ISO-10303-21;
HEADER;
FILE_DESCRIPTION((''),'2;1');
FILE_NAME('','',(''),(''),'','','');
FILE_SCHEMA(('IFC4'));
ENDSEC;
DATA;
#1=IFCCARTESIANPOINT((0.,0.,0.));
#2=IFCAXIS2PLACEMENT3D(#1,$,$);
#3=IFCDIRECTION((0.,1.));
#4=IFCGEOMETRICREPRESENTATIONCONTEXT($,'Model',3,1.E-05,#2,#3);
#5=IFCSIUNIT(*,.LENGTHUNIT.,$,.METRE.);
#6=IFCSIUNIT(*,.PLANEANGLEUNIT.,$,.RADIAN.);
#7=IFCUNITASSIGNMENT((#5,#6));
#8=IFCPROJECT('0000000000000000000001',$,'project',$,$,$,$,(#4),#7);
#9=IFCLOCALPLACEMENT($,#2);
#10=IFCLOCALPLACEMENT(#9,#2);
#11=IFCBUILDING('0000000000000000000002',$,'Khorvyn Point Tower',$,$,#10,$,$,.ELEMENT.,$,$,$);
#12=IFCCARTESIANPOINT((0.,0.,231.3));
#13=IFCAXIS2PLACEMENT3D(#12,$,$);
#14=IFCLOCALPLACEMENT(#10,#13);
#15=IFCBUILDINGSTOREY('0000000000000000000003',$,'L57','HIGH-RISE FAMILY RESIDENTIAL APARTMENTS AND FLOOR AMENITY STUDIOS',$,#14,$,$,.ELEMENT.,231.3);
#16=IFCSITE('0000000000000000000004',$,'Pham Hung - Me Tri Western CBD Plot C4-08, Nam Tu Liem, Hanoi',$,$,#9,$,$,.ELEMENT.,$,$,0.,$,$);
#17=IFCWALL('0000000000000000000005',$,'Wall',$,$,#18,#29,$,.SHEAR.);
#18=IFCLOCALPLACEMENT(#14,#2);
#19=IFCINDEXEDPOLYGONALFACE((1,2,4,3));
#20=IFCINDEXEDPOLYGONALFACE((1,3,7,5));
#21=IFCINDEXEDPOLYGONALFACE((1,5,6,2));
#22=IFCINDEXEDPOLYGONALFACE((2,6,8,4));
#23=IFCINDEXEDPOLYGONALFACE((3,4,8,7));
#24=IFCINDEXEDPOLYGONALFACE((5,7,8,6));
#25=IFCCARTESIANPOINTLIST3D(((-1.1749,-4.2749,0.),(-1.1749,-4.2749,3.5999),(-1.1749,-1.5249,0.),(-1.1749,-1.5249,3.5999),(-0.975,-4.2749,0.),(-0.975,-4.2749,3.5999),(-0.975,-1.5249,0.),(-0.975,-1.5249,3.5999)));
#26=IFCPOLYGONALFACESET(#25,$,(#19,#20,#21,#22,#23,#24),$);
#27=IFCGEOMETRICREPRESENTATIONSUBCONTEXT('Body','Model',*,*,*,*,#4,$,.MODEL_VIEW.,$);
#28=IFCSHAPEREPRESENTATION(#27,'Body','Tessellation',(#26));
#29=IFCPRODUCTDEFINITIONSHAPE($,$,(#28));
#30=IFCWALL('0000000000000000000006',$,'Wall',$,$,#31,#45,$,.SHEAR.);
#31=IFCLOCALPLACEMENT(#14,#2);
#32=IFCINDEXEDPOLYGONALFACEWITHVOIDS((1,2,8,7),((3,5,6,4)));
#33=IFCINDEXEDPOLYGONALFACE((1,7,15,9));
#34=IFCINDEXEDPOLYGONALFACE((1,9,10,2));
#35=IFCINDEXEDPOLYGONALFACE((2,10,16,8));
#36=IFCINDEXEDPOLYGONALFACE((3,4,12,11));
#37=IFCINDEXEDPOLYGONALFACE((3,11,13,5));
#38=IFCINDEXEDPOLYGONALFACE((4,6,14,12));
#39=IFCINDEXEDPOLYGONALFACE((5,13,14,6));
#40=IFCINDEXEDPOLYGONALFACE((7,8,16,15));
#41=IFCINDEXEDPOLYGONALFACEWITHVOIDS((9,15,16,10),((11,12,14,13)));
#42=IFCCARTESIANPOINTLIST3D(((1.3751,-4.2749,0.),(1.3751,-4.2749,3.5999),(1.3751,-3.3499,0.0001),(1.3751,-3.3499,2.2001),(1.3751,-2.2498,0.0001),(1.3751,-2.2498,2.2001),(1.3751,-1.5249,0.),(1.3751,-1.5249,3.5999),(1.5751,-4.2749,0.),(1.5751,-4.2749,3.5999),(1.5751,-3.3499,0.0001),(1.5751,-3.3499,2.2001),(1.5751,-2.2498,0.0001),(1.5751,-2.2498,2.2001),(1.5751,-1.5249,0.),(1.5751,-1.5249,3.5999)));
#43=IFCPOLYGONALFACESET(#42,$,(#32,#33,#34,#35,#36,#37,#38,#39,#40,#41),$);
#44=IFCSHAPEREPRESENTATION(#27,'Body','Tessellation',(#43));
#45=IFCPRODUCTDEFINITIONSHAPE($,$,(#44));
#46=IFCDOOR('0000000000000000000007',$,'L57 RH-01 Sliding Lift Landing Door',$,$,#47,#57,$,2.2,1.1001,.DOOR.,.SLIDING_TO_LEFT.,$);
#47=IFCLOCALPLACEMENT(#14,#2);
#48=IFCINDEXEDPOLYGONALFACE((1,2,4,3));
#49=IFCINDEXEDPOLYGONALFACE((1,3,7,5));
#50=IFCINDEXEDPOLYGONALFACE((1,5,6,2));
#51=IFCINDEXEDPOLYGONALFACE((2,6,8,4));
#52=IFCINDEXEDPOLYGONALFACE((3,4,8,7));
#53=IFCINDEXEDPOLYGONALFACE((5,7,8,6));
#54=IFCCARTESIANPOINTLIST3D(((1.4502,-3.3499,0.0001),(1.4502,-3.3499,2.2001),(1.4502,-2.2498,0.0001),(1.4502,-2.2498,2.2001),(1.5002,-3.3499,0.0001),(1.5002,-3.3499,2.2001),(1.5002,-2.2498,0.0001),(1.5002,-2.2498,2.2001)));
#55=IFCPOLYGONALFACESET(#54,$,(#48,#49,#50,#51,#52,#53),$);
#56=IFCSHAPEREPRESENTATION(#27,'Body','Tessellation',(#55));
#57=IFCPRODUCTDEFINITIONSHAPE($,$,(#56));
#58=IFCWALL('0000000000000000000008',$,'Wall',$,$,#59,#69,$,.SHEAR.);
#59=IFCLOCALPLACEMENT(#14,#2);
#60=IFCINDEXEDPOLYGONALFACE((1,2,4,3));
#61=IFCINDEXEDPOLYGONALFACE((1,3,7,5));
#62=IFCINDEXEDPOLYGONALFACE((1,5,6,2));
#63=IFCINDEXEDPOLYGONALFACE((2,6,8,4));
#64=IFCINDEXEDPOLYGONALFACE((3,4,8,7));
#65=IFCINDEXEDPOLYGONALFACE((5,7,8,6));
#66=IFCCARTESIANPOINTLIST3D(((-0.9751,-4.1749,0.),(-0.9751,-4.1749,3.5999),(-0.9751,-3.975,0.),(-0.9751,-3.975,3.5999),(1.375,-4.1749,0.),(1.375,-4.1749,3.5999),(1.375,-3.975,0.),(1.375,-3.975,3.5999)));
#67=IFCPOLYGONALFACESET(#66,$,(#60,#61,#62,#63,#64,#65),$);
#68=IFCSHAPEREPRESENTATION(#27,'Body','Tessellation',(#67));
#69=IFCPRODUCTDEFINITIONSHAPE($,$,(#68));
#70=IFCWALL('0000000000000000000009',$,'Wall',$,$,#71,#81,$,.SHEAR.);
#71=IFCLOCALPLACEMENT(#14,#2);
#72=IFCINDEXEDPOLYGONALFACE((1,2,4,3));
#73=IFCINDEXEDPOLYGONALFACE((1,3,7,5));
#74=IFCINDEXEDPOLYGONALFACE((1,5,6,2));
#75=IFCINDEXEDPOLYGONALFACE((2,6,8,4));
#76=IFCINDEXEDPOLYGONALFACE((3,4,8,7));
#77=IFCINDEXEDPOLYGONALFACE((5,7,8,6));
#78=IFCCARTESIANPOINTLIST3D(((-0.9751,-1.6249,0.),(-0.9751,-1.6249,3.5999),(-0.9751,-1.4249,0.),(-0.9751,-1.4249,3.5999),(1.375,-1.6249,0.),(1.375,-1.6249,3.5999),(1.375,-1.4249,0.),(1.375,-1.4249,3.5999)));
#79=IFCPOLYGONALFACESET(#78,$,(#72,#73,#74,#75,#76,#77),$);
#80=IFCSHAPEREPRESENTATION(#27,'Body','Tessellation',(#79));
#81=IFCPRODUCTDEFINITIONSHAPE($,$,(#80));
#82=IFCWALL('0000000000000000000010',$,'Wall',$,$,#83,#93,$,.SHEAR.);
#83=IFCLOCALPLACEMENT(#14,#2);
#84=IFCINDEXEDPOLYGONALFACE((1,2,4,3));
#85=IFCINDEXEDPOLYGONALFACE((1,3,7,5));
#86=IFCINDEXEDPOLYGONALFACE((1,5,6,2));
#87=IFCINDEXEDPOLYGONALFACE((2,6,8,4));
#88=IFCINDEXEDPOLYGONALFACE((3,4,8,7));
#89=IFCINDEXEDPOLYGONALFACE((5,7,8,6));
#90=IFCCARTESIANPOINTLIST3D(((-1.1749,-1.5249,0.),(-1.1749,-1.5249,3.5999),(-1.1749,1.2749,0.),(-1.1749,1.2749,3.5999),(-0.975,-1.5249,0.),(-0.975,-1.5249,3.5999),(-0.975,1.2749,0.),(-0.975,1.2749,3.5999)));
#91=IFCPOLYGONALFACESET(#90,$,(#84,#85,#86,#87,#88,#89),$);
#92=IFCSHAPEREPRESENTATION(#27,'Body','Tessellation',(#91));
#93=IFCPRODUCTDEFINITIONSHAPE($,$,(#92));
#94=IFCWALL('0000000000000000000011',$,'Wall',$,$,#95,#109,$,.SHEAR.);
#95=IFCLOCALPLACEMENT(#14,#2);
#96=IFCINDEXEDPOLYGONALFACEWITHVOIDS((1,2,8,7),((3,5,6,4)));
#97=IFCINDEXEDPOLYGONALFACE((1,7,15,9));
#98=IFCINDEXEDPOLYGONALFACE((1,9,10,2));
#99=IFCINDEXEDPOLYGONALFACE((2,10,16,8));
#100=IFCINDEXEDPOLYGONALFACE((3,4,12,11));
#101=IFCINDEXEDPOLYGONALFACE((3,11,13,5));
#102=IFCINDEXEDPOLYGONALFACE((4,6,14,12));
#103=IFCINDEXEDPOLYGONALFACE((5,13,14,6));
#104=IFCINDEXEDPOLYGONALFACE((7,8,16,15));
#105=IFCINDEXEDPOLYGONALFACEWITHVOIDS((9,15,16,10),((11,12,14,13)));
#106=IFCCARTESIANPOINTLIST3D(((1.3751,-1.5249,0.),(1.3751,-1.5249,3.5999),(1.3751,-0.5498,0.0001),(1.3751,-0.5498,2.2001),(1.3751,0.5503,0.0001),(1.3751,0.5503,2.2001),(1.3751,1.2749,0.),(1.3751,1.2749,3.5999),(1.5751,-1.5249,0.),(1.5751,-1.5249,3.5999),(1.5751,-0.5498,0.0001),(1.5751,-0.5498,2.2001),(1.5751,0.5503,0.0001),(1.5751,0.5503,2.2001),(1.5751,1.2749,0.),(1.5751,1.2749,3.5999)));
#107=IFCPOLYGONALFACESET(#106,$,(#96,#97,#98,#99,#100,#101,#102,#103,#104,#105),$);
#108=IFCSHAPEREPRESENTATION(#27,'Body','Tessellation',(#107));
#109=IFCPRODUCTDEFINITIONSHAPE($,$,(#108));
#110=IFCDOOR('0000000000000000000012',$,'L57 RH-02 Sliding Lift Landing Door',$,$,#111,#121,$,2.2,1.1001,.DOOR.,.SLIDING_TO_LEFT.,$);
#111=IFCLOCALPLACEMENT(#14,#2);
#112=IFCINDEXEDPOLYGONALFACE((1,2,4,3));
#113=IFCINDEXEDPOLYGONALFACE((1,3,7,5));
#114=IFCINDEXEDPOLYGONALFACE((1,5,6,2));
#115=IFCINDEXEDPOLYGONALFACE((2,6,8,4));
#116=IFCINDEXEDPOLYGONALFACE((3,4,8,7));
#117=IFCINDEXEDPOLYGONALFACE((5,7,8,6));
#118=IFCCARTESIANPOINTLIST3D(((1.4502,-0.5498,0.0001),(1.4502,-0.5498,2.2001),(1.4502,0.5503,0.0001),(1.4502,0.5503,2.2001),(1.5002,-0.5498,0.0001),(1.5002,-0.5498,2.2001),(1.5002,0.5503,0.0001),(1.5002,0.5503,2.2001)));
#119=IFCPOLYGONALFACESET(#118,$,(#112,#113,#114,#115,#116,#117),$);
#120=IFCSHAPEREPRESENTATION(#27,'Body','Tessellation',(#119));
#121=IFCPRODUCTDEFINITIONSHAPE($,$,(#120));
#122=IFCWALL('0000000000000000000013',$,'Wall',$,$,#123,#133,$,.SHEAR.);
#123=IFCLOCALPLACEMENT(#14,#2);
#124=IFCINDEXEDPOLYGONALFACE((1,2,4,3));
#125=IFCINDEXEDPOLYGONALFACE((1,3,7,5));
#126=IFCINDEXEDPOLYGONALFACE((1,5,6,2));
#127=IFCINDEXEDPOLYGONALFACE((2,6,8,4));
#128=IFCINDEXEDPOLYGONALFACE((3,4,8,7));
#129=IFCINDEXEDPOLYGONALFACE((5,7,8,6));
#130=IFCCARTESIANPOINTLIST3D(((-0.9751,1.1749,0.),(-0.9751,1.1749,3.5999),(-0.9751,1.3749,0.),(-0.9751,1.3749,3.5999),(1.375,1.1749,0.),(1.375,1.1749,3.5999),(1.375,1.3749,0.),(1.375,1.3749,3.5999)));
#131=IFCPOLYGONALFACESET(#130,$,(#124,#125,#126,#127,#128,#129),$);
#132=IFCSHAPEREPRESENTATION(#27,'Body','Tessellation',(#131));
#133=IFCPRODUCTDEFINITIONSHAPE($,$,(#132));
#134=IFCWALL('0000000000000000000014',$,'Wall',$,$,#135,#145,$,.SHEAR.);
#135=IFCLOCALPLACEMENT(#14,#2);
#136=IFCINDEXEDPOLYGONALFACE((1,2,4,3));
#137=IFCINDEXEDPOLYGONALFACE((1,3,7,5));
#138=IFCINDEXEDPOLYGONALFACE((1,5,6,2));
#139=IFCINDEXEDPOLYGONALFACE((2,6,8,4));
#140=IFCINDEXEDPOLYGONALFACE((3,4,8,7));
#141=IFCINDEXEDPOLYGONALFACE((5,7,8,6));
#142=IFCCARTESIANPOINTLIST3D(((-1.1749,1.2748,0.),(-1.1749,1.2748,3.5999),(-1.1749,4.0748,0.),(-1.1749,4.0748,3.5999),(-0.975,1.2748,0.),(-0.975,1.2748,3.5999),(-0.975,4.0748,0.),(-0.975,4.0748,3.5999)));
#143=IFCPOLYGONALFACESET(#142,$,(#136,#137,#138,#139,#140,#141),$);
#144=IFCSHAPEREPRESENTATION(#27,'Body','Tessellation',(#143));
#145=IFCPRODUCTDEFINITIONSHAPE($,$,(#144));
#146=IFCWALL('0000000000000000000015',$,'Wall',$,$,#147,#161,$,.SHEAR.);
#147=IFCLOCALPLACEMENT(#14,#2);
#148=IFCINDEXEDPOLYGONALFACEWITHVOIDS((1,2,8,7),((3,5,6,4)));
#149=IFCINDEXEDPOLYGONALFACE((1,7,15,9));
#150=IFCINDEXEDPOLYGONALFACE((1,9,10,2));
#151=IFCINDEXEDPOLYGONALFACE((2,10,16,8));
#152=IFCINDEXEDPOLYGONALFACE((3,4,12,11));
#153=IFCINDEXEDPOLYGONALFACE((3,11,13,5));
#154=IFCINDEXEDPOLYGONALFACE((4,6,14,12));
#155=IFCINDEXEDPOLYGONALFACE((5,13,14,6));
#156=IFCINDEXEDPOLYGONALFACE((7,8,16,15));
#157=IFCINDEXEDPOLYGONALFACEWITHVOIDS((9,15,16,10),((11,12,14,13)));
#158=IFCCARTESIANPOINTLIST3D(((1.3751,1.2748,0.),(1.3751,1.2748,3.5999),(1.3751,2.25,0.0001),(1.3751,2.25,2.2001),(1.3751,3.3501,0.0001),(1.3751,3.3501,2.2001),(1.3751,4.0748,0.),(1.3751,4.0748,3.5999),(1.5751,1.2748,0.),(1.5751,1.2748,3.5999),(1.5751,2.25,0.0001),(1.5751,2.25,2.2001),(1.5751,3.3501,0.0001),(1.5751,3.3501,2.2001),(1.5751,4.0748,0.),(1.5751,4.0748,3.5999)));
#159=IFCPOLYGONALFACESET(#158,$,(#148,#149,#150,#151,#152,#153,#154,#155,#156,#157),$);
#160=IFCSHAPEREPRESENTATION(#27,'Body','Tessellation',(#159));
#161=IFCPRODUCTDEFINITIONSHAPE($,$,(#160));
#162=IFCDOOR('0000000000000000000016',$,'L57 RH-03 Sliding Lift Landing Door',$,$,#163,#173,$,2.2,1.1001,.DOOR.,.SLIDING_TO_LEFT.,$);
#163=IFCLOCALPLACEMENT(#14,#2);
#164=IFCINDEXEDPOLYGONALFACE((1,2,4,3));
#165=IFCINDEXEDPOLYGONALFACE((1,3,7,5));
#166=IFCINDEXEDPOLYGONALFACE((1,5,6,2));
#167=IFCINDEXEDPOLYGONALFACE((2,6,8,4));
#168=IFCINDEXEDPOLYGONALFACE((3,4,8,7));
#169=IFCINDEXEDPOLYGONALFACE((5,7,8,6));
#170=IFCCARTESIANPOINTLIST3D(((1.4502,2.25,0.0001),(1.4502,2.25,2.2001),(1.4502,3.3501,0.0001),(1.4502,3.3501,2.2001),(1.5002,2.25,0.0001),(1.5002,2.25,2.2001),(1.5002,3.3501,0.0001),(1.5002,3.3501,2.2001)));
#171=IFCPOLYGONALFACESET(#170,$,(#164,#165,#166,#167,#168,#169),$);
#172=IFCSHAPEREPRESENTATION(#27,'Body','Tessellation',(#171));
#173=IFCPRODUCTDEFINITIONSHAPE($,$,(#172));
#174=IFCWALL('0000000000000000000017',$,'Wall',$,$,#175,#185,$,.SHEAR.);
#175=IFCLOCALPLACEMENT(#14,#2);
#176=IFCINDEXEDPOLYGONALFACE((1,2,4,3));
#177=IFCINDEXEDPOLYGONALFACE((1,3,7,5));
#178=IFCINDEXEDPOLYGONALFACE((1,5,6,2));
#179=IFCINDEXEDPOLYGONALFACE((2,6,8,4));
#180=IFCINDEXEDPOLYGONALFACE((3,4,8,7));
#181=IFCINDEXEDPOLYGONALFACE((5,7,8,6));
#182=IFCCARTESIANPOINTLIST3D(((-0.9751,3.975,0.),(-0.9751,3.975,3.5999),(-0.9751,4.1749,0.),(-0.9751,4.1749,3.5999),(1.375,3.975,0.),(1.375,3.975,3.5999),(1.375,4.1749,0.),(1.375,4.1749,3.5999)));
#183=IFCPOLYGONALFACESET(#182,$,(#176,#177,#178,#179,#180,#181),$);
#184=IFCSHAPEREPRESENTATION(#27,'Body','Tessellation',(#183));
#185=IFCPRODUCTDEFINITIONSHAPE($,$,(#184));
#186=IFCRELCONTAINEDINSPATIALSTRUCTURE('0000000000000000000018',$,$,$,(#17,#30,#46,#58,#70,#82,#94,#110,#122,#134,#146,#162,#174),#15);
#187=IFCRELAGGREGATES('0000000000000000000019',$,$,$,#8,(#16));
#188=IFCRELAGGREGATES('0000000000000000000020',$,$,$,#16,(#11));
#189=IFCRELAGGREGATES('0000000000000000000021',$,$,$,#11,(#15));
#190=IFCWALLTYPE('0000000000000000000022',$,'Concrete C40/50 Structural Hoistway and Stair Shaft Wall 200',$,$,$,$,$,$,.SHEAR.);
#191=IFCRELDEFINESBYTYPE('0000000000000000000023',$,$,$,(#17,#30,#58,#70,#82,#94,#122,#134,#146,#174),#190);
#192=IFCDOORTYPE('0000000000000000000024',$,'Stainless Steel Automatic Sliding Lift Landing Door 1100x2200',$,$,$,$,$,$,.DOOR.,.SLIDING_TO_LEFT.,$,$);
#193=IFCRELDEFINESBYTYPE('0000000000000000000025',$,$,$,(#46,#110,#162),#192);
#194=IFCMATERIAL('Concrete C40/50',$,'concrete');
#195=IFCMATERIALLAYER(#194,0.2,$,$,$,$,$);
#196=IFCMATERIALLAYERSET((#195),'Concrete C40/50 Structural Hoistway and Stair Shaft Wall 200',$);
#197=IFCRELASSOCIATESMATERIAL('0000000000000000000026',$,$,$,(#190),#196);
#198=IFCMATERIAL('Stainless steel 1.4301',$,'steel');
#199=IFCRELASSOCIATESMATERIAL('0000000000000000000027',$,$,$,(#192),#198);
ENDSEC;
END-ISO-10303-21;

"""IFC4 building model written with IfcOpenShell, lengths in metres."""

from ifc_helpers import new_model, si_unit, direction, frame, frame_2d, origin, place, context, subcontext, project, spatial, rectangle, extrude, material, layer, layer_set, type_object, element, fill, save


model = new_model("IFC4")

# Units and contexts
model_context = context("Model", 3, precision=1e-05, world=origin(), true_north=direction((0.0, 1.0)))
body_context = subcontext(model_context, "Body", "Model", "MODEL_VIEW")
ifc_project = project(units=[si_unit("LENGTHUNIT", "METRE"), si_unit("PLANEANGLEUNIT", "RADIAN")], contexts=[model_context])

# Site, building, storey
site_placement = place(None, origin())
site = spatial("IfcSite", under=ifc_project, at=site_placement, Name="Pham Hung - Me Tri Western CBD Plot C4-08, Nam Tu Liem, Hanoi", CompositionType="ELEMENT", RefElevation=0.0)
building_placement = place(site_placement, origin())
building = spatial("IfcBuilding", under=site, at=building_placement, Name="Khorvyn Point Tower", CompositionType="ELEMENT")
storey_placement = place(building_placement, frame((0.0, 0.0, 231.3)))
storey = spatial("IfcBuildingStorey", under=building, at=storey_placement, Name="L57", Description="HIGH-RISE FAMILY RESIDENTIAL APARTMENTS AND FLOOR AMENITY STUDIOS", CompositionType="ELEMENT", Elevation=231.3)

# Shared definitions
ifc_material_1 = material(Name="Concrete C40/50", Category="concrete")

# Wall
ifc_layer_1 = layer(ifc_material_1, 0.2)
ifc_layer_set_1 = layer_set([ifc_layer_1], Name="Concrete C40/50 Structural Hoistway and Stair Shaft Wall 200")
wall_type_1 = type_object("IfcWallType", Name="Concrete C40/50 Structural Hoistway and Stair Shaft Wall 200", PredefinedType="SHEAR", material=ifc_layer_set_1)
wall_1_placement = place(storey_placement, frame((-1.075, -4.2749, 0.0), z_axis=(0.0, 0.0, 1.0), x_axis=(0.0, 1.0, 0.0)))
element("IfcWall", 1, at=wall_1_placement, inside=storey, type_object=wall_type_1, Name="Wall", PredefinedType="SHEAR", context=body_context, shape_type="SweptSolid", body=[
    extrude(rectangle(XDim=2.75, YDim=0.2, at=frame_2d((1.375, 0.0))), origin(), (0.0, 0.0, 1.0), 3.5999),
])

# Wall, opening, door
wall_2_placement = place(storey_placement, frame((1.4751, -4.2749, 0.0), z_axis=(0.0, 0.0, 1.0), x_axis=(0.0, 1.0, 0.0)))
wall_2 = element("IfcWall", 2, at=wall_2_placement, inside=storey, type_object=wall_type_1, Name="Wall", PredefinedType="SHEAR", context=body_context, shape_type="SweptSolid", body=[
    extrude(rectangle(XDim=2.75, YDim=0.2, at=frame_2d((1.375, 0.0))), origin(), (0.0, 0.0, 1.0), 3.5999),
])
opening_1_placement = place(wall_2_placement, frame((0.925, 0.0, 0.0)))
opening_1 = element("IfcOpeningElement", 3, at=opening_1_placement, cuts=wall_2, PredefinedType="OPENING", context=body_context, shape_type="SweptSolid", body=[
    extrude(rectangle(XDim=1.1001, YDim=2.2, at=frame_2d((0.55, 1.1001))), frame((0.0, 0.1099, 0.0), z_axis=(0.0, -1.0, 0.0), x_axis=(1.0, 0.0, 0.0)), (0.0, 0.0, 1.0), 0.22),
])
ifc_material_2 = material(Name="Stainless steel 1.4301", Category="steel")
door_type = type_object("IfcDoorType", Name="Stainless Steel Automatic Sliding Lift Landing Door 1100x2200", OperationType="SLIDING_TO_LEFT", PredefinedType="DOOR", material=ifc_material_2)
door_1_placement = place(opening_1_placement, origin())
door_1 = element("IfcDoor", 4, at=door_1_placement, inside=storey, type_object=door_type, Name="L57 RH-01 Sliding Lift Landing Door", OperationType="SLIDING_TO_LEFT", OverallHeight=2.2, OverallWidth=1.1001, PredefinedType="DOOR", context=body_context, shape_type="SweptSolid", body=[
    extrude(rectangle(XDim=1.1001, YDim=2.2, at=frame_2d((0.55, 1.1001))), frame((0.0, 0.0249, 0.0), z_axis=(0.0, -1.0, 0.0), x_axis=(1.0, 0.0, 0.0)), (0.0, 0.0, 1.0), 0.05),
])
fill(opening_1, door_1)

# Walls
for number, where, z_axis, x_axis, name in (
    (5, (-0.9751, -4.075, 0.0), (0.0, 0.0, 1.0), (1.0, 0.0, 0.0), "Wall"),
    (6, (-0.9751, -1.5249, 0.0), (0.0, 0.0, 1.0), (1.0, 0.0, 0.0), "Wall"),
):
    element("IfcWall", number, at=place(storey_placement, frame(where, z_axis=z_axis, x_axis=x_axis)), inside=storey, type_object=wall_type_1, Name=name, PredefinedType="SHEAR", context=body_context, shape_type="SweptSolid", body=[
        extrude(rectangle(XDim=2.3501, YDim=0.2, at=frame_2d((1.175, 0.0))), origin(), (0.0, 0.0, 1.0), 3.5999),
    ])
wall_3_placement = place(storey_placement, frame((-1.075, -1.5249, 0.0), z_axis=(0.0, 0.0, 1.0), x_axis=(0.0, 1.0, 0.0)))
element("IfcWall", 7, at=wall_3_placement, inside=storey, type_object=wall_type_1, Name="Wall", PredefinedType="SHEAR", context=body_context, shape_type="SweptSolid", body=[
    extrude(rectangle(XDim=2.7998, YDim=0.2, at=frame_2d((1.3999, 0.0))), origin(), (0.0, 0.0, 1.0), 3.5999),
])

# Wall, opening, door
wall_4_placement = place(storey_placement, frame((1.4751, -1.5249, 0.0), z_axis=(0.0, 0.0, 1.0), x_axis=(0.0, 1.0, 0.0)))
wall_4 = element("IfcWall", 8, at=wall_4_placement, inside=storey, type_object=wall_type_1, Name="Wall", PredefinedType="SHEAR", context=body_context, shape_type="SweptSolid", body=[
    extrude(rectangle(XDim=2.7998, YDim=0.2, at=frame_2d((1.3999, 0.0))), origin(), (0.0, 0.0, 1.0), 3.5999),
])
opening_2_placement = place(wall_4_placement, frame((0.9751, 0.0, 0.0)))
opening_2 = element("IfcOpeningElement", 9, at=opening_2_placement, cuts=wall_4, PredefinedType="OPENING", context=body_context, shape_type="SweptSolid", body=[
    extrude(rectangle(XDim=1.1001, YDim=2.2, at=frame_2d((0.55, 1.1001))), frame((0.0, 0.1099, 0.0), z_axis=(0.0, -1.0, 0.0), x_axis=(1.0, 0.0, 0.0)), (0.0, 0.0, 1.0), 0.22),
])
door_2_placement = place(opening_2_placement, origin())
door_2 = element("IfcDoor", 10, at=door_2_placement, inside=storey, type_object=door_type, Name="L57 RH-02 Sliding Lift Landing Door", OperationType="SLIDING_TO_LEFT", OverallHeight=2.2, OverallWidth=1.1001, PredefinedType="DOOR", context=body_context, shape_type="SweptSolid", body=[
    extrude(rectangle(XDim=1.1001, YDim=2.2, at=frame_2d((0.55, 1.1001))), frame((0.0, 0.0249, 0.0), z_axis=(0.0, -1.0, 0.0), x_axis=(1.0, 0.0, 0.0)), (0.0, 0.0, 1.0), 0.05),
])
fill(opening_2, door_2)

# Walls
wall_5_placement = place(storey_placement, frame((-0.9751, 1.2749, 0.0), z_axis=(0.0, 0.0, 1.0), x_axis=(1.0, 0.0, 0.0)))
element("IfcWall", 11, at=wall_5_placement, inside=storey, type_object=wall_type_1, Name="Wall", PredefinedType="SHEAR", context=body_context, shape_type="SweptSolid", body=[
    extrude(rectangle(XDim=2.3501, YDim=0.2, at=frame_2d((1.175, 0.0))), origin(), (0.0, 0.0, 1.0), 3.5999),
])
wall_6_placement = place(storey_placement, frame((-1.075, 1.2749, 0.0), z_axis=(0.0, 0.0, 1.0), x_axis=(0.0, 1.0, 0.0)))
element("IfcWall", 12, at=wall_6_placement, inside=storey, type_object=wall_type_1, Name="Wall", PredefinedType="SHEAR", context=body_context, shape_type="SweptSolid", body=[
    extrude(rectangle(XDim=2.8, YDim=0.2, at=frame_2d((1.3999, 0.0))), origin(), (0.0, 0.0, 1.0), 3.5999),
])

# Wall, opening, door
wall_7_placement = place(storey_placement, frame((1.4751, 1.2749, 0.0), z_axis=(0.0, 0.0, 1.0), x_axis=(0.0, 1.0, 0.0)))
wall_7 = element("IfcWall", 13, at=wall_7_placement, inside=storey, type_object=wall_type_1, Name="Wall", PredefinedType="SHEAR", context=body_context, shape_type="SweptSolid", body=[
    extrude(rectangle(XDim=2.8, YDim=0.2, at=frame_2d((1.3999, 0.0))), origin(), (0.0, 0.0, 1.0), 3.5999),
])
opening_3_placement = place(wall_7_placement, frame((0.9751, 0.0, 0.0)))
opening_3 = element("IfcOpeningElement", 14, at=opening_3_placement, cuts=wall_7, PredefinedType="OPENING", context=body_context, shape_type="SweptSolid", body=[
    extrude(rectangle(XDim=1.1001, YDim=2.2, at=frame_2d((0.55, 1.1001))), frame((0.0, 0.1099, 0.0), z_axis=(0.0, -1.0, 0.0), x_axis=(1.0, 0.0, 0.0)), (0.0, 0.0, 1.0), 0.22),
])
door_3_placement = place(opening_3_placement, origin())
door_3 = element("IfcDoor", 15, at=door_3_placement, inside=storey, type_object=door_type, Name="L57 RH-03 Sliding Lift Landing Door", OperationType="SLIDING_TO_LEFT", OverallHeight=2.2, OverallWidth=1.1001, PredefinedType="DOOR", context=body_context, shape_type="SweptSolid", body=[
    extrude(rectangle(XDim=1.1001, YDim=2.2, at=frame_2d((0.55, 1.1001))), frame((0.0, 0.0249, 0.0), z_axis=(0.0, -1.0, 0.0), x_axis=(1.0, 0.0, 0.0)), (0.0, 0.0, 1.0), 0.05),
])
fill(opening_3, door_3)

# Wall
wall_8_placement = place(storey_placement, frame((-0.9751, 4.075, 0.0), z_axis=(0.0, 0.0, 1.0), x_axis=(1.0, 0.0, 0.0)))
element("IfcWall", 16, at=wall_8_placement, inside=storey, type_object=wall_type_1, Name="Wall", PredefinedType="SHEAR", context=body_context, shape_type="SweptSolid", body=[
    extrude(rectangle(XDim=2.3501, YDim=0.2, at=frame_2d((1.175, 0.0))), origin(), (0.0, 0.0, 1.0), 3.5999),
])

save(model, "model.ifc")
